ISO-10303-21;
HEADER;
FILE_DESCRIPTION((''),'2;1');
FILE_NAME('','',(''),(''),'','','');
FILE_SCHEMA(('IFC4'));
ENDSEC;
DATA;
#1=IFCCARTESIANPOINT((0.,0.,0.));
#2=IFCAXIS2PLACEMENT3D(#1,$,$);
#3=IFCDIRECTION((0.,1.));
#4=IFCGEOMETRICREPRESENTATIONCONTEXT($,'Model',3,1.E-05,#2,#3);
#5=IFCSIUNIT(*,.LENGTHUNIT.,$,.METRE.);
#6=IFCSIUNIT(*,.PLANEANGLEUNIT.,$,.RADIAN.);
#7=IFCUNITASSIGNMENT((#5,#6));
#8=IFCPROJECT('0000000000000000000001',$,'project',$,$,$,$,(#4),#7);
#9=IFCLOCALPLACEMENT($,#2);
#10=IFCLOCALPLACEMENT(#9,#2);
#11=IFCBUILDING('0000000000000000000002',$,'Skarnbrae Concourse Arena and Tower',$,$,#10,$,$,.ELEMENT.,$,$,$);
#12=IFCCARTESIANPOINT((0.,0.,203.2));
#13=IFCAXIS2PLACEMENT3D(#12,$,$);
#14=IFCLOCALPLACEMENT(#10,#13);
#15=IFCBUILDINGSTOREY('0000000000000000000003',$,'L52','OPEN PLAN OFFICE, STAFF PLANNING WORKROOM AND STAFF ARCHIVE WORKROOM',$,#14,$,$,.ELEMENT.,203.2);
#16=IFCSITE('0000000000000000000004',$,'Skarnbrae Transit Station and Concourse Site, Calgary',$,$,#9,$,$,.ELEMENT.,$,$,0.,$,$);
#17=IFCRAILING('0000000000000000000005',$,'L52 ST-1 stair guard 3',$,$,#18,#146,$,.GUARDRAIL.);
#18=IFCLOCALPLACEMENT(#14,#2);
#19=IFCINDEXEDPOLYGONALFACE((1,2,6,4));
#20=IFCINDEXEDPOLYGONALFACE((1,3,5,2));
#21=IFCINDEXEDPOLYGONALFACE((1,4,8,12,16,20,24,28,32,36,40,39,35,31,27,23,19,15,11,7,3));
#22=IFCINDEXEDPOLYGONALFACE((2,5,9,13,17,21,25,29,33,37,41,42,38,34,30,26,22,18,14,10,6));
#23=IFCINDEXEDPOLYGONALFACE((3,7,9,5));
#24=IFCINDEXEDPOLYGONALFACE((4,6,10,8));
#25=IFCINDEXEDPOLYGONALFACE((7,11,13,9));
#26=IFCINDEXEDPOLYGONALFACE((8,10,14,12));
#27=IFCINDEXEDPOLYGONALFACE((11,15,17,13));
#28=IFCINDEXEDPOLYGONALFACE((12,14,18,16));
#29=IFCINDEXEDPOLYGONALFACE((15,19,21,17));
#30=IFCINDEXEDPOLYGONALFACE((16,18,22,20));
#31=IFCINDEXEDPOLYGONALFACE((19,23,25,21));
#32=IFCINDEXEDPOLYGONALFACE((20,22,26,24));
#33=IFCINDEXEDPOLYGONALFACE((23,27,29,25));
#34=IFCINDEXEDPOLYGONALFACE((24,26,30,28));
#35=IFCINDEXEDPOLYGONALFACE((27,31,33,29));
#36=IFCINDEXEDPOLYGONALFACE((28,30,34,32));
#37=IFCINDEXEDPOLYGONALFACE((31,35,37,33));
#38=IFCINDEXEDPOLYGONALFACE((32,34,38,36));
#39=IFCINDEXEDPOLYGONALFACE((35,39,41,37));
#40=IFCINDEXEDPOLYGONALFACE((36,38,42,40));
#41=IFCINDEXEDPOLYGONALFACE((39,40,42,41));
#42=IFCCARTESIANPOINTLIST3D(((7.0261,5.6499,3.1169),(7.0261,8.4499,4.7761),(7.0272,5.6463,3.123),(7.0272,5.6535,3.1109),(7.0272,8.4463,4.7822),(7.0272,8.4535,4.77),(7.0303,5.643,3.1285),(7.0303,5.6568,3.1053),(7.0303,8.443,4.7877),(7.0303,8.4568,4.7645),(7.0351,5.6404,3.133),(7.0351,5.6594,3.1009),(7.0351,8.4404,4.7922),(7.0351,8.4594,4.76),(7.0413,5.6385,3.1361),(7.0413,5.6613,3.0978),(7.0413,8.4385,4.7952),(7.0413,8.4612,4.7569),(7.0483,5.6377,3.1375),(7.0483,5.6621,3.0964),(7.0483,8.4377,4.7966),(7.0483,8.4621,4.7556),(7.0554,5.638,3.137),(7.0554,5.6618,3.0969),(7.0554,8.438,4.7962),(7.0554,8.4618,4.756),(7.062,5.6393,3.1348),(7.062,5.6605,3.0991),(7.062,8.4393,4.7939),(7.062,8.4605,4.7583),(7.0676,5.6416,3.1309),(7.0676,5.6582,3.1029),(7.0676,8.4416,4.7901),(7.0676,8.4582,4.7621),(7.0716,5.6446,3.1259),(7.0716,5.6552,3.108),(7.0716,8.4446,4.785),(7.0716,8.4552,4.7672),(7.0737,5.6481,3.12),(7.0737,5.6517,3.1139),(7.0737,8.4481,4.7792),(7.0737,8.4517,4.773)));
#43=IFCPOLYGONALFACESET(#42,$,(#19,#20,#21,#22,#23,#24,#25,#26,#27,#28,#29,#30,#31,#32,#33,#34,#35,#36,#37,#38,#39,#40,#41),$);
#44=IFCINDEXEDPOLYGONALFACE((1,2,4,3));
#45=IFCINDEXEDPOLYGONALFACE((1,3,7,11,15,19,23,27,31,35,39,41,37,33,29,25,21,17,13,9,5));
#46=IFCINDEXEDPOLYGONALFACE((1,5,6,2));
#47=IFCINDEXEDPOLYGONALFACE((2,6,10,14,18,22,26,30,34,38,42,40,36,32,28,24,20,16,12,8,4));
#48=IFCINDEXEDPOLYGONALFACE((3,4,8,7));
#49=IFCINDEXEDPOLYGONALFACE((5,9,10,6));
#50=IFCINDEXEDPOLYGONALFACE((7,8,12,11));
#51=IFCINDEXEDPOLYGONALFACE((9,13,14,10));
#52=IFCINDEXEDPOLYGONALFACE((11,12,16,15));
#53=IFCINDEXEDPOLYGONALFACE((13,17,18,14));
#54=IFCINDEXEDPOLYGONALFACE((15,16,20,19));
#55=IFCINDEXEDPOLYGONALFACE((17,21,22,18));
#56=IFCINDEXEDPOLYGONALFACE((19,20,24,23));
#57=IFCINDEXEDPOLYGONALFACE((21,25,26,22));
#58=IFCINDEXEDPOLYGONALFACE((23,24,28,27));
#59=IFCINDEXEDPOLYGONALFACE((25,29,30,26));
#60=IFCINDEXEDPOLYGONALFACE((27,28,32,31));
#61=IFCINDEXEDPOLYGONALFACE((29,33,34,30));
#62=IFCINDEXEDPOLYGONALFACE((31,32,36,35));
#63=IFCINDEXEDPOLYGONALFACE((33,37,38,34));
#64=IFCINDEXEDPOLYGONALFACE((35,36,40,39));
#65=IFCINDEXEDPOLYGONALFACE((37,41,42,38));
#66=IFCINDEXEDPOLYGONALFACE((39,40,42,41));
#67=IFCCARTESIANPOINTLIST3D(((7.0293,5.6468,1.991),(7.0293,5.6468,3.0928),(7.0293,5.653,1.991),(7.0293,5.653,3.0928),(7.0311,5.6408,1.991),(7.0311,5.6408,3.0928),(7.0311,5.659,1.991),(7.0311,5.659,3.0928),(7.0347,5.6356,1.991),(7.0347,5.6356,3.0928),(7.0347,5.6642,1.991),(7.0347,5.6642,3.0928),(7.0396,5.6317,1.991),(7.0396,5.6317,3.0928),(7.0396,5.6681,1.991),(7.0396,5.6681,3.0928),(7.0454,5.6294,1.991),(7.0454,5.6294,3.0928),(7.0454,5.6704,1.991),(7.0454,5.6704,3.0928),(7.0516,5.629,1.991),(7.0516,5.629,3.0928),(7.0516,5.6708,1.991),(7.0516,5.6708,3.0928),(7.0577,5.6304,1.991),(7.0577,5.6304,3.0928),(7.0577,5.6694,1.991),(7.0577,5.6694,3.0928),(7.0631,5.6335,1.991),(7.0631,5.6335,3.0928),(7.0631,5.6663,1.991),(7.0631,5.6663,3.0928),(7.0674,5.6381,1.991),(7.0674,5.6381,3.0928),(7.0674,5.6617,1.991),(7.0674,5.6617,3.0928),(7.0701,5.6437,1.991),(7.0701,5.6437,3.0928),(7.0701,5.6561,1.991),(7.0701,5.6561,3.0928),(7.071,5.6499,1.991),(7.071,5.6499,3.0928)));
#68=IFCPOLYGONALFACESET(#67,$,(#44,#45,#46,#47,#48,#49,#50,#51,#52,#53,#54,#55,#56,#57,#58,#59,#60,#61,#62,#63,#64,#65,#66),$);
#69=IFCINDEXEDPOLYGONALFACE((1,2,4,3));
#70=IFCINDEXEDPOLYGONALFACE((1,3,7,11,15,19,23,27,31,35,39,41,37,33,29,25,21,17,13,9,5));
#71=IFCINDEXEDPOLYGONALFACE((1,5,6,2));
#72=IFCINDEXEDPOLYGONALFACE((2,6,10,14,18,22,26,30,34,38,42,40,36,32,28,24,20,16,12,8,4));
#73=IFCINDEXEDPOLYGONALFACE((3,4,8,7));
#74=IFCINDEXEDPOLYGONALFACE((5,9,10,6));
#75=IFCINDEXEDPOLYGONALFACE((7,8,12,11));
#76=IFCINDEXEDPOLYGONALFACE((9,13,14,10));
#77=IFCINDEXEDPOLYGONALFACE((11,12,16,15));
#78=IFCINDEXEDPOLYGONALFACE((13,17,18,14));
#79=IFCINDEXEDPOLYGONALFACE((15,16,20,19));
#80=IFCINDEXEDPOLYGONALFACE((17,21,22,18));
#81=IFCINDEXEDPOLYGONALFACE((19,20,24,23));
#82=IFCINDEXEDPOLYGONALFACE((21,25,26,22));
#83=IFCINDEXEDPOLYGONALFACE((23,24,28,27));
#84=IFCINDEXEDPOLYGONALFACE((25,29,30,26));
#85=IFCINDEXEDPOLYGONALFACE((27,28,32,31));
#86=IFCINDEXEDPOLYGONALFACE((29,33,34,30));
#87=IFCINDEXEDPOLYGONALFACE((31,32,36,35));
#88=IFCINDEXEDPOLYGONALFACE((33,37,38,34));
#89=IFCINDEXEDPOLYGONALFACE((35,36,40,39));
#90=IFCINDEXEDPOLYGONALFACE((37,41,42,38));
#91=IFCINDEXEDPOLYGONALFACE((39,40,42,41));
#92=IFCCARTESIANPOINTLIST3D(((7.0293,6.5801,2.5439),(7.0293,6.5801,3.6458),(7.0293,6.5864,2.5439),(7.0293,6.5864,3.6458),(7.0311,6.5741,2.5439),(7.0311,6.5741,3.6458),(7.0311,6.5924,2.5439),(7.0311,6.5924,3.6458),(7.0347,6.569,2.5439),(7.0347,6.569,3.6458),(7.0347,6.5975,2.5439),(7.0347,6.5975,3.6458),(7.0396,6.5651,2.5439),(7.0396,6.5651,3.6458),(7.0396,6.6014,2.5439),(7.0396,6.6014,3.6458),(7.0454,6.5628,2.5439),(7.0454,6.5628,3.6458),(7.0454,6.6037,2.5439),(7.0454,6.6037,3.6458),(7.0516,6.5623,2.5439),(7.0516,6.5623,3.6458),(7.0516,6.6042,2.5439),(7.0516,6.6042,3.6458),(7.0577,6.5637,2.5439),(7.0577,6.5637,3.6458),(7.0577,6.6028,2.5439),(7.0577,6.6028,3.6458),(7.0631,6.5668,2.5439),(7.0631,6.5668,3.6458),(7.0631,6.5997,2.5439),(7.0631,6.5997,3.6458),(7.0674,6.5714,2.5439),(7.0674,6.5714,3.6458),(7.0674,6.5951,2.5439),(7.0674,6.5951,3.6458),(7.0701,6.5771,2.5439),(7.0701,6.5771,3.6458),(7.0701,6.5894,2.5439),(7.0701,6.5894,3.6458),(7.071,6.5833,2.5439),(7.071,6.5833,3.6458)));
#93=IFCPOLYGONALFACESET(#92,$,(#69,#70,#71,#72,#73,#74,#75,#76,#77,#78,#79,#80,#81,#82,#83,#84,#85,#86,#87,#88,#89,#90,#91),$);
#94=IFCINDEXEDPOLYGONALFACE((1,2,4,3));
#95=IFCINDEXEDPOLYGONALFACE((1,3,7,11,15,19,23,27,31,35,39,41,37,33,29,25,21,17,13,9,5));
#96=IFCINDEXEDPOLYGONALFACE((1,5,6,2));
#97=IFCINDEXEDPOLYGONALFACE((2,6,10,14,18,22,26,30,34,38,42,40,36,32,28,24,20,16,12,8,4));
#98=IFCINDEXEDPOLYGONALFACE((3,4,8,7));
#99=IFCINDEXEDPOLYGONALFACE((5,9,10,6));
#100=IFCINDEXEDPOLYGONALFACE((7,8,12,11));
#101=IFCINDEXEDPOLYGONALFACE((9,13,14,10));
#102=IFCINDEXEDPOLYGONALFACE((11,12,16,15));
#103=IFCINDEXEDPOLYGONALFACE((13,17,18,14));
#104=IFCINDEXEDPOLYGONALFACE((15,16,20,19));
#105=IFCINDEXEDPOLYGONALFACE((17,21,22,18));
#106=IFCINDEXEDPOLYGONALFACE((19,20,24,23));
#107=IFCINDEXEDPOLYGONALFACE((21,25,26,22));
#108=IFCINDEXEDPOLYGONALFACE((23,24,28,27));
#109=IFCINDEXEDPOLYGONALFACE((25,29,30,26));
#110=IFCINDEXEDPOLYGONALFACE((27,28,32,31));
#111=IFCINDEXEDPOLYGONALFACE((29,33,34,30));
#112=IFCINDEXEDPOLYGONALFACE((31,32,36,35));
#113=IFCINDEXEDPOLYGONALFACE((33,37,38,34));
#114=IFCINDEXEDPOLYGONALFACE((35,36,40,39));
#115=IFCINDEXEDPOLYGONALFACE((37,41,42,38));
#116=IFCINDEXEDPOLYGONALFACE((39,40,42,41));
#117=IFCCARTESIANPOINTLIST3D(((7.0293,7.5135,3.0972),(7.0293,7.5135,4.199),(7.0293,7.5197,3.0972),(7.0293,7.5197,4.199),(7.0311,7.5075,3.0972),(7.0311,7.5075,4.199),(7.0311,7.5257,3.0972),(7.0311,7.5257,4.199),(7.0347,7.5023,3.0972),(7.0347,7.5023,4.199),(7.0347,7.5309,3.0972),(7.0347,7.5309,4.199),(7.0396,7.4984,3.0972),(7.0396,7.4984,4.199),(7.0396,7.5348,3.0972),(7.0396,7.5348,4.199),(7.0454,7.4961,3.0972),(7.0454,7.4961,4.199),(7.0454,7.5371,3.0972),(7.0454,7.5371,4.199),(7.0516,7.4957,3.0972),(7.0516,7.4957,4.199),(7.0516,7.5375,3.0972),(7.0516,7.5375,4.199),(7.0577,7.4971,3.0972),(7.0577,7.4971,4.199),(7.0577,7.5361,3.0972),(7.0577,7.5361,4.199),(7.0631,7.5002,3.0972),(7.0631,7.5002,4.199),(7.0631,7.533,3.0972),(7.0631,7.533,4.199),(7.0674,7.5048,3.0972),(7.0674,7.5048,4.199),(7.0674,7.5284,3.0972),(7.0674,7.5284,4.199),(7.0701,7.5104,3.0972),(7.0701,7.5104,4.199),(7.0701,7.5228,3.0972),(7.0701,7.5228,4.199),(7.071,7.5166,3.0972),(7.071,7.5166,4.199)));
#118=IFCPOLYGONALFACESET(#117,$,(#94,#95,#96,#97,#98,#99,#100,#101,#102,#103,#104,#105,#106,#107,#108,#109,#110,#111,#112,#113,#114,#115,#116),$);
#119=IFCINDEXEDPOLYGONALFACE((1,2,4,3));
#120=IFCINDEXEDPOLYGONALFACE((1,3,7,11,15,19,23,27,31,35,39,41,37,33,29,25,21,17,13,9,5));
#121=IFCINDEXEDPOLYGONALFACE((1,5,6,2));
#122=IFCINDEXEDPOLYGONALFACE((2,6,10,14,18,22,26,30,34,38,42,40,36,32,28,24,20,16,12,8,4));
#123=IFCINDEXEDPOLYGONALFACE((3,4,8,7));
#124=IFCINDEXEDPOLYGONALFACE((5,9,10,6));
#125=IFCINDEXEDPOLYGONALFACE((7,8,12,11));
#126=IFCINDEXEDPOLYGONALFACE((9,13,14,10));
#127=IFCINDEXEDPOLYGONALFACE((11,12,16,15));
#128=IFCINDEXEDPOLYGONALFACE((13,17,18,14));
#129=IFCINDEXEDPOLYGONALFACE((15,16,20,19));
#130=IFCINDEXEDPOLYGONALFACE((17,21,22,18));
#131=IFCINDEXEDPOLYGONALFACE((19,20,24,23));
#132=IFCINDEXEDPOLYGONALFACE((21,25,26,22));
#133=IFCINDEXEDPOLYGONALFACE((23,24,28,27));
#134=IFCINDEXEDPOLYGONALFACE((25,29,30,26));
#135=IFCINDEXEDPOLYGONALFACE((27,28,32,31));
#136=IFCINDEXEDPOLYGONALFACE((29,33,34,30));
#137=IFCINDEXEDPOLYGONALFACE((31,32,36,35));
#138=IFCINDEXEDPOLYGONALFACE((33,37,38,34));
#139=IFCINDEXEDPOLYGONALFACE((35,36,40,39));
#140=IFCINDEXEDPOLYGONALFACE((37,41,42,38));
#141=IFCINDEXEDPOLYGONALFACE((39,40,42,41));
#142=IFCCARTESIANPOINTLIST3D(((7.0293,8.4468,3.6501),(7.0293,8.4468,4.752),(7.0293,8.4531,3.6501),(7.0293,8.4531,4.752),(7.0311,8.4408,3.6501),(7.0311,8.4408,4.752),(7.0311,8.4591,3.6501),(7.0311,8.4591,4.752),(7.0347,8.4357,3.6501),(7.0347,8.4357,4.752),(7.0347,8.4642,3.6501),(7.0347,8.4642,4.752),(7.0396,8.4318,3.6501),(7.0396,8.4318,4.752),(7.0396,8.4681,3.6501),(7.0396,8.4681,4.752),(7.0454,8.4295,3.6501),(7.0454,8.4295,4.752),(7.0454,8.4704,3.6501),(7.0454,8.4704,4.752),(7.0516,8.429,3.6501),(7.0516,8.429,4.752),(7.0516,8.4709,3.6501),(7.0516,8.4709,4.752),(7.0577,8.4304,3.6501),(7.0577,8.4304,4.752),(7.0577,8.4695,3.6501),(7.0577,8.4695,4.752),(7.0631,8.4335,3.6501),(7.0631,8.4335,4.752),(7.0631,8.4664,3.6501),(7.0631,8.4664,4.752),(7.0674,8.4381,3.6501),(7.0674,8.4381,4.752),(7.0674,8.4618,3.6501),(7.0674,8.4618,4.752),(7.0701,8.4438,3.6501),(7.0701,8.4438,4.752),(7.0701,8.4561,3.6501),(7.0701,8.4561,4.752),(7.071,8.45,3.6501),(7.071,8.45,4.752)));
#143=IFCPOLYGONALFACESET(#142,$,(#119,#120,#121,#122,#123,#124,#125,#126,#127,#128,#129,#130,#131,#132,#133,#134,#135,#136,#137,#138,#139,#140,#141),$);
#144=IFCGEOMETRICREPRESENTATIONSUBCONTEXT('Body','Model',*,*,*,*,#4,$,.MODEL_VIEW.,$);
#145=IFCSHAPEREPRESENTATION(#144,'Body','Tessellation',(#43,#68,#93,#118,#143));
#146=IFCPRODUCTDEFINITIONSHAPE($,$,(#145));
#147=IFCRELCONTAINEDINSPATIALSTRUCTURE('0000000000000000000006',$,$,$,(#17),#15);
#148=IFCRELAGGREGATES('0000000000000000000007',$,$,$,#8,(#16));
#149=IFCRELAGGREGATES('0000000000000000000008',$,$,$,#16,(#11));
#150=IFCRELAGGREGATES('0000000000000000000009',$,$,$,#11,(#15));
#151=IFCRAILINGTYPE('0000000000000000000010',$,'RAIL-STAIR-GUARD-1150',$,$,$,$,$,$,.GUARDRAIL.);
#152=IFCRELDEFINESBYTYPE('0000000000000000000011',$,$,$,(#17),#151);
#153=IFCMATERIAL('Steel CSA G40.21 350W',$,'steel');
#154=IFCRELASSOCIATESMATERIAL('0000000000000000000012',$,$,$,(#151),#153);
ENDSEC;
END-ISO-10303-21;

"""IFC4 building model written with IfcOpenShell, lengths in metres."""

from ifc_helpers import new_model, si_unit, direction, frame, origin, origin_2d, place, context, subcontext, project, spatial, circle, extrude, material, type_object, element, save


model = new_model("IFC4")

# Units and contexts
model_context = context("Model", 3, precision=1e-05, world=origin(), true_north=direction((0.0, 1.0)))
body_context = subcontext(model_context, "Body", "Model", "MODEL_VIEW")
ifc_project = project(units=[si_unit("LENGTHUNIT", "METRE"), si_unit("PLANEANGLEUNIT", "RADIAN")], contexts=[model_context])

# Site, building, storey
site_placement = place(None, origin())
site = spatial("IfcSite", under=ifc_project, at=site_placement, Name="Skarnbrae Transit Station and Concourse Site, Calgary", CompositionType="ELEMENT", RefElevation=0.0)
building_placement = place(site_placement, origin())
building = spatial("IfcBuilding", under=site, at=building_placement, Name="Skarnbrae Concourse Arena and Tower", CompositionType="ELEMENT")
storey_placement = place(building_placement, frame((0.0, 0.0, 203.2)))
storey = spatial("IfcBuildingStorey", under=building, at=storey_placement, Name="L52", Description="OPEN PLAN OFFICE, STAFF PLANNING WORKROOM AND STAFF ARCHIVE WORKROOM", CompositionType="ELEMENT", Elevation=203.2)

# Shared definitions
ifc_material_1 = material(Name="Steel CSA G40.21 350W", Category="steel")

# Railing
railing_type_1 = type_object("IfcRailingType", Name="RAIL-STAIR-GUARD-1150", PredefinedType="GUARDRAIL", material=ifc_material_1)
railing_1_placement = place(storey_placement, frame((7.05, 5.6499, 1.991)))
element("IfcRailing", 1, at=railing_1_placement, inside=storey, type_object=railing_type_1, Name="L52 ST-1 stair guard 3", PredefinedType="GUARDRAIL", context=body_context, shape_type="SweptSolid", body=[
    extrude(circle(Radius=0.0239, at=origin_2d()), frame((0.0, 0.0, 1.126), z_axis=(0.0, 0.860306, 0.509778), x_axis=(-1.0, 0.0, 0.0)), (0.0, 0.0, 1.0), 3.2546),
    extrude(circle(Radius=0.021, at=origin_2d()), origin(), (0.0, 0.0, 1.0), 1.1018),
    extrude(circle(Radius=0.021, at=origin_2d()), frame((0.0, 0.9333, 0.553)), (0.0, 0.0, 1.0), 1.1018),
    extrude(circle(Radius=0.021, at=origin_2d()), frame((0.0, 1.8667, 1.1062)), (0.0, 0.0, 1.0), 1.1018),
    extrude(circle(Radius=0.021, at=origin_2d()), frame((0.0, 2.8, 1.6592)), (0.0, 0.0, 1.0), 1.1018),
])

save(model, "model.ifc")
